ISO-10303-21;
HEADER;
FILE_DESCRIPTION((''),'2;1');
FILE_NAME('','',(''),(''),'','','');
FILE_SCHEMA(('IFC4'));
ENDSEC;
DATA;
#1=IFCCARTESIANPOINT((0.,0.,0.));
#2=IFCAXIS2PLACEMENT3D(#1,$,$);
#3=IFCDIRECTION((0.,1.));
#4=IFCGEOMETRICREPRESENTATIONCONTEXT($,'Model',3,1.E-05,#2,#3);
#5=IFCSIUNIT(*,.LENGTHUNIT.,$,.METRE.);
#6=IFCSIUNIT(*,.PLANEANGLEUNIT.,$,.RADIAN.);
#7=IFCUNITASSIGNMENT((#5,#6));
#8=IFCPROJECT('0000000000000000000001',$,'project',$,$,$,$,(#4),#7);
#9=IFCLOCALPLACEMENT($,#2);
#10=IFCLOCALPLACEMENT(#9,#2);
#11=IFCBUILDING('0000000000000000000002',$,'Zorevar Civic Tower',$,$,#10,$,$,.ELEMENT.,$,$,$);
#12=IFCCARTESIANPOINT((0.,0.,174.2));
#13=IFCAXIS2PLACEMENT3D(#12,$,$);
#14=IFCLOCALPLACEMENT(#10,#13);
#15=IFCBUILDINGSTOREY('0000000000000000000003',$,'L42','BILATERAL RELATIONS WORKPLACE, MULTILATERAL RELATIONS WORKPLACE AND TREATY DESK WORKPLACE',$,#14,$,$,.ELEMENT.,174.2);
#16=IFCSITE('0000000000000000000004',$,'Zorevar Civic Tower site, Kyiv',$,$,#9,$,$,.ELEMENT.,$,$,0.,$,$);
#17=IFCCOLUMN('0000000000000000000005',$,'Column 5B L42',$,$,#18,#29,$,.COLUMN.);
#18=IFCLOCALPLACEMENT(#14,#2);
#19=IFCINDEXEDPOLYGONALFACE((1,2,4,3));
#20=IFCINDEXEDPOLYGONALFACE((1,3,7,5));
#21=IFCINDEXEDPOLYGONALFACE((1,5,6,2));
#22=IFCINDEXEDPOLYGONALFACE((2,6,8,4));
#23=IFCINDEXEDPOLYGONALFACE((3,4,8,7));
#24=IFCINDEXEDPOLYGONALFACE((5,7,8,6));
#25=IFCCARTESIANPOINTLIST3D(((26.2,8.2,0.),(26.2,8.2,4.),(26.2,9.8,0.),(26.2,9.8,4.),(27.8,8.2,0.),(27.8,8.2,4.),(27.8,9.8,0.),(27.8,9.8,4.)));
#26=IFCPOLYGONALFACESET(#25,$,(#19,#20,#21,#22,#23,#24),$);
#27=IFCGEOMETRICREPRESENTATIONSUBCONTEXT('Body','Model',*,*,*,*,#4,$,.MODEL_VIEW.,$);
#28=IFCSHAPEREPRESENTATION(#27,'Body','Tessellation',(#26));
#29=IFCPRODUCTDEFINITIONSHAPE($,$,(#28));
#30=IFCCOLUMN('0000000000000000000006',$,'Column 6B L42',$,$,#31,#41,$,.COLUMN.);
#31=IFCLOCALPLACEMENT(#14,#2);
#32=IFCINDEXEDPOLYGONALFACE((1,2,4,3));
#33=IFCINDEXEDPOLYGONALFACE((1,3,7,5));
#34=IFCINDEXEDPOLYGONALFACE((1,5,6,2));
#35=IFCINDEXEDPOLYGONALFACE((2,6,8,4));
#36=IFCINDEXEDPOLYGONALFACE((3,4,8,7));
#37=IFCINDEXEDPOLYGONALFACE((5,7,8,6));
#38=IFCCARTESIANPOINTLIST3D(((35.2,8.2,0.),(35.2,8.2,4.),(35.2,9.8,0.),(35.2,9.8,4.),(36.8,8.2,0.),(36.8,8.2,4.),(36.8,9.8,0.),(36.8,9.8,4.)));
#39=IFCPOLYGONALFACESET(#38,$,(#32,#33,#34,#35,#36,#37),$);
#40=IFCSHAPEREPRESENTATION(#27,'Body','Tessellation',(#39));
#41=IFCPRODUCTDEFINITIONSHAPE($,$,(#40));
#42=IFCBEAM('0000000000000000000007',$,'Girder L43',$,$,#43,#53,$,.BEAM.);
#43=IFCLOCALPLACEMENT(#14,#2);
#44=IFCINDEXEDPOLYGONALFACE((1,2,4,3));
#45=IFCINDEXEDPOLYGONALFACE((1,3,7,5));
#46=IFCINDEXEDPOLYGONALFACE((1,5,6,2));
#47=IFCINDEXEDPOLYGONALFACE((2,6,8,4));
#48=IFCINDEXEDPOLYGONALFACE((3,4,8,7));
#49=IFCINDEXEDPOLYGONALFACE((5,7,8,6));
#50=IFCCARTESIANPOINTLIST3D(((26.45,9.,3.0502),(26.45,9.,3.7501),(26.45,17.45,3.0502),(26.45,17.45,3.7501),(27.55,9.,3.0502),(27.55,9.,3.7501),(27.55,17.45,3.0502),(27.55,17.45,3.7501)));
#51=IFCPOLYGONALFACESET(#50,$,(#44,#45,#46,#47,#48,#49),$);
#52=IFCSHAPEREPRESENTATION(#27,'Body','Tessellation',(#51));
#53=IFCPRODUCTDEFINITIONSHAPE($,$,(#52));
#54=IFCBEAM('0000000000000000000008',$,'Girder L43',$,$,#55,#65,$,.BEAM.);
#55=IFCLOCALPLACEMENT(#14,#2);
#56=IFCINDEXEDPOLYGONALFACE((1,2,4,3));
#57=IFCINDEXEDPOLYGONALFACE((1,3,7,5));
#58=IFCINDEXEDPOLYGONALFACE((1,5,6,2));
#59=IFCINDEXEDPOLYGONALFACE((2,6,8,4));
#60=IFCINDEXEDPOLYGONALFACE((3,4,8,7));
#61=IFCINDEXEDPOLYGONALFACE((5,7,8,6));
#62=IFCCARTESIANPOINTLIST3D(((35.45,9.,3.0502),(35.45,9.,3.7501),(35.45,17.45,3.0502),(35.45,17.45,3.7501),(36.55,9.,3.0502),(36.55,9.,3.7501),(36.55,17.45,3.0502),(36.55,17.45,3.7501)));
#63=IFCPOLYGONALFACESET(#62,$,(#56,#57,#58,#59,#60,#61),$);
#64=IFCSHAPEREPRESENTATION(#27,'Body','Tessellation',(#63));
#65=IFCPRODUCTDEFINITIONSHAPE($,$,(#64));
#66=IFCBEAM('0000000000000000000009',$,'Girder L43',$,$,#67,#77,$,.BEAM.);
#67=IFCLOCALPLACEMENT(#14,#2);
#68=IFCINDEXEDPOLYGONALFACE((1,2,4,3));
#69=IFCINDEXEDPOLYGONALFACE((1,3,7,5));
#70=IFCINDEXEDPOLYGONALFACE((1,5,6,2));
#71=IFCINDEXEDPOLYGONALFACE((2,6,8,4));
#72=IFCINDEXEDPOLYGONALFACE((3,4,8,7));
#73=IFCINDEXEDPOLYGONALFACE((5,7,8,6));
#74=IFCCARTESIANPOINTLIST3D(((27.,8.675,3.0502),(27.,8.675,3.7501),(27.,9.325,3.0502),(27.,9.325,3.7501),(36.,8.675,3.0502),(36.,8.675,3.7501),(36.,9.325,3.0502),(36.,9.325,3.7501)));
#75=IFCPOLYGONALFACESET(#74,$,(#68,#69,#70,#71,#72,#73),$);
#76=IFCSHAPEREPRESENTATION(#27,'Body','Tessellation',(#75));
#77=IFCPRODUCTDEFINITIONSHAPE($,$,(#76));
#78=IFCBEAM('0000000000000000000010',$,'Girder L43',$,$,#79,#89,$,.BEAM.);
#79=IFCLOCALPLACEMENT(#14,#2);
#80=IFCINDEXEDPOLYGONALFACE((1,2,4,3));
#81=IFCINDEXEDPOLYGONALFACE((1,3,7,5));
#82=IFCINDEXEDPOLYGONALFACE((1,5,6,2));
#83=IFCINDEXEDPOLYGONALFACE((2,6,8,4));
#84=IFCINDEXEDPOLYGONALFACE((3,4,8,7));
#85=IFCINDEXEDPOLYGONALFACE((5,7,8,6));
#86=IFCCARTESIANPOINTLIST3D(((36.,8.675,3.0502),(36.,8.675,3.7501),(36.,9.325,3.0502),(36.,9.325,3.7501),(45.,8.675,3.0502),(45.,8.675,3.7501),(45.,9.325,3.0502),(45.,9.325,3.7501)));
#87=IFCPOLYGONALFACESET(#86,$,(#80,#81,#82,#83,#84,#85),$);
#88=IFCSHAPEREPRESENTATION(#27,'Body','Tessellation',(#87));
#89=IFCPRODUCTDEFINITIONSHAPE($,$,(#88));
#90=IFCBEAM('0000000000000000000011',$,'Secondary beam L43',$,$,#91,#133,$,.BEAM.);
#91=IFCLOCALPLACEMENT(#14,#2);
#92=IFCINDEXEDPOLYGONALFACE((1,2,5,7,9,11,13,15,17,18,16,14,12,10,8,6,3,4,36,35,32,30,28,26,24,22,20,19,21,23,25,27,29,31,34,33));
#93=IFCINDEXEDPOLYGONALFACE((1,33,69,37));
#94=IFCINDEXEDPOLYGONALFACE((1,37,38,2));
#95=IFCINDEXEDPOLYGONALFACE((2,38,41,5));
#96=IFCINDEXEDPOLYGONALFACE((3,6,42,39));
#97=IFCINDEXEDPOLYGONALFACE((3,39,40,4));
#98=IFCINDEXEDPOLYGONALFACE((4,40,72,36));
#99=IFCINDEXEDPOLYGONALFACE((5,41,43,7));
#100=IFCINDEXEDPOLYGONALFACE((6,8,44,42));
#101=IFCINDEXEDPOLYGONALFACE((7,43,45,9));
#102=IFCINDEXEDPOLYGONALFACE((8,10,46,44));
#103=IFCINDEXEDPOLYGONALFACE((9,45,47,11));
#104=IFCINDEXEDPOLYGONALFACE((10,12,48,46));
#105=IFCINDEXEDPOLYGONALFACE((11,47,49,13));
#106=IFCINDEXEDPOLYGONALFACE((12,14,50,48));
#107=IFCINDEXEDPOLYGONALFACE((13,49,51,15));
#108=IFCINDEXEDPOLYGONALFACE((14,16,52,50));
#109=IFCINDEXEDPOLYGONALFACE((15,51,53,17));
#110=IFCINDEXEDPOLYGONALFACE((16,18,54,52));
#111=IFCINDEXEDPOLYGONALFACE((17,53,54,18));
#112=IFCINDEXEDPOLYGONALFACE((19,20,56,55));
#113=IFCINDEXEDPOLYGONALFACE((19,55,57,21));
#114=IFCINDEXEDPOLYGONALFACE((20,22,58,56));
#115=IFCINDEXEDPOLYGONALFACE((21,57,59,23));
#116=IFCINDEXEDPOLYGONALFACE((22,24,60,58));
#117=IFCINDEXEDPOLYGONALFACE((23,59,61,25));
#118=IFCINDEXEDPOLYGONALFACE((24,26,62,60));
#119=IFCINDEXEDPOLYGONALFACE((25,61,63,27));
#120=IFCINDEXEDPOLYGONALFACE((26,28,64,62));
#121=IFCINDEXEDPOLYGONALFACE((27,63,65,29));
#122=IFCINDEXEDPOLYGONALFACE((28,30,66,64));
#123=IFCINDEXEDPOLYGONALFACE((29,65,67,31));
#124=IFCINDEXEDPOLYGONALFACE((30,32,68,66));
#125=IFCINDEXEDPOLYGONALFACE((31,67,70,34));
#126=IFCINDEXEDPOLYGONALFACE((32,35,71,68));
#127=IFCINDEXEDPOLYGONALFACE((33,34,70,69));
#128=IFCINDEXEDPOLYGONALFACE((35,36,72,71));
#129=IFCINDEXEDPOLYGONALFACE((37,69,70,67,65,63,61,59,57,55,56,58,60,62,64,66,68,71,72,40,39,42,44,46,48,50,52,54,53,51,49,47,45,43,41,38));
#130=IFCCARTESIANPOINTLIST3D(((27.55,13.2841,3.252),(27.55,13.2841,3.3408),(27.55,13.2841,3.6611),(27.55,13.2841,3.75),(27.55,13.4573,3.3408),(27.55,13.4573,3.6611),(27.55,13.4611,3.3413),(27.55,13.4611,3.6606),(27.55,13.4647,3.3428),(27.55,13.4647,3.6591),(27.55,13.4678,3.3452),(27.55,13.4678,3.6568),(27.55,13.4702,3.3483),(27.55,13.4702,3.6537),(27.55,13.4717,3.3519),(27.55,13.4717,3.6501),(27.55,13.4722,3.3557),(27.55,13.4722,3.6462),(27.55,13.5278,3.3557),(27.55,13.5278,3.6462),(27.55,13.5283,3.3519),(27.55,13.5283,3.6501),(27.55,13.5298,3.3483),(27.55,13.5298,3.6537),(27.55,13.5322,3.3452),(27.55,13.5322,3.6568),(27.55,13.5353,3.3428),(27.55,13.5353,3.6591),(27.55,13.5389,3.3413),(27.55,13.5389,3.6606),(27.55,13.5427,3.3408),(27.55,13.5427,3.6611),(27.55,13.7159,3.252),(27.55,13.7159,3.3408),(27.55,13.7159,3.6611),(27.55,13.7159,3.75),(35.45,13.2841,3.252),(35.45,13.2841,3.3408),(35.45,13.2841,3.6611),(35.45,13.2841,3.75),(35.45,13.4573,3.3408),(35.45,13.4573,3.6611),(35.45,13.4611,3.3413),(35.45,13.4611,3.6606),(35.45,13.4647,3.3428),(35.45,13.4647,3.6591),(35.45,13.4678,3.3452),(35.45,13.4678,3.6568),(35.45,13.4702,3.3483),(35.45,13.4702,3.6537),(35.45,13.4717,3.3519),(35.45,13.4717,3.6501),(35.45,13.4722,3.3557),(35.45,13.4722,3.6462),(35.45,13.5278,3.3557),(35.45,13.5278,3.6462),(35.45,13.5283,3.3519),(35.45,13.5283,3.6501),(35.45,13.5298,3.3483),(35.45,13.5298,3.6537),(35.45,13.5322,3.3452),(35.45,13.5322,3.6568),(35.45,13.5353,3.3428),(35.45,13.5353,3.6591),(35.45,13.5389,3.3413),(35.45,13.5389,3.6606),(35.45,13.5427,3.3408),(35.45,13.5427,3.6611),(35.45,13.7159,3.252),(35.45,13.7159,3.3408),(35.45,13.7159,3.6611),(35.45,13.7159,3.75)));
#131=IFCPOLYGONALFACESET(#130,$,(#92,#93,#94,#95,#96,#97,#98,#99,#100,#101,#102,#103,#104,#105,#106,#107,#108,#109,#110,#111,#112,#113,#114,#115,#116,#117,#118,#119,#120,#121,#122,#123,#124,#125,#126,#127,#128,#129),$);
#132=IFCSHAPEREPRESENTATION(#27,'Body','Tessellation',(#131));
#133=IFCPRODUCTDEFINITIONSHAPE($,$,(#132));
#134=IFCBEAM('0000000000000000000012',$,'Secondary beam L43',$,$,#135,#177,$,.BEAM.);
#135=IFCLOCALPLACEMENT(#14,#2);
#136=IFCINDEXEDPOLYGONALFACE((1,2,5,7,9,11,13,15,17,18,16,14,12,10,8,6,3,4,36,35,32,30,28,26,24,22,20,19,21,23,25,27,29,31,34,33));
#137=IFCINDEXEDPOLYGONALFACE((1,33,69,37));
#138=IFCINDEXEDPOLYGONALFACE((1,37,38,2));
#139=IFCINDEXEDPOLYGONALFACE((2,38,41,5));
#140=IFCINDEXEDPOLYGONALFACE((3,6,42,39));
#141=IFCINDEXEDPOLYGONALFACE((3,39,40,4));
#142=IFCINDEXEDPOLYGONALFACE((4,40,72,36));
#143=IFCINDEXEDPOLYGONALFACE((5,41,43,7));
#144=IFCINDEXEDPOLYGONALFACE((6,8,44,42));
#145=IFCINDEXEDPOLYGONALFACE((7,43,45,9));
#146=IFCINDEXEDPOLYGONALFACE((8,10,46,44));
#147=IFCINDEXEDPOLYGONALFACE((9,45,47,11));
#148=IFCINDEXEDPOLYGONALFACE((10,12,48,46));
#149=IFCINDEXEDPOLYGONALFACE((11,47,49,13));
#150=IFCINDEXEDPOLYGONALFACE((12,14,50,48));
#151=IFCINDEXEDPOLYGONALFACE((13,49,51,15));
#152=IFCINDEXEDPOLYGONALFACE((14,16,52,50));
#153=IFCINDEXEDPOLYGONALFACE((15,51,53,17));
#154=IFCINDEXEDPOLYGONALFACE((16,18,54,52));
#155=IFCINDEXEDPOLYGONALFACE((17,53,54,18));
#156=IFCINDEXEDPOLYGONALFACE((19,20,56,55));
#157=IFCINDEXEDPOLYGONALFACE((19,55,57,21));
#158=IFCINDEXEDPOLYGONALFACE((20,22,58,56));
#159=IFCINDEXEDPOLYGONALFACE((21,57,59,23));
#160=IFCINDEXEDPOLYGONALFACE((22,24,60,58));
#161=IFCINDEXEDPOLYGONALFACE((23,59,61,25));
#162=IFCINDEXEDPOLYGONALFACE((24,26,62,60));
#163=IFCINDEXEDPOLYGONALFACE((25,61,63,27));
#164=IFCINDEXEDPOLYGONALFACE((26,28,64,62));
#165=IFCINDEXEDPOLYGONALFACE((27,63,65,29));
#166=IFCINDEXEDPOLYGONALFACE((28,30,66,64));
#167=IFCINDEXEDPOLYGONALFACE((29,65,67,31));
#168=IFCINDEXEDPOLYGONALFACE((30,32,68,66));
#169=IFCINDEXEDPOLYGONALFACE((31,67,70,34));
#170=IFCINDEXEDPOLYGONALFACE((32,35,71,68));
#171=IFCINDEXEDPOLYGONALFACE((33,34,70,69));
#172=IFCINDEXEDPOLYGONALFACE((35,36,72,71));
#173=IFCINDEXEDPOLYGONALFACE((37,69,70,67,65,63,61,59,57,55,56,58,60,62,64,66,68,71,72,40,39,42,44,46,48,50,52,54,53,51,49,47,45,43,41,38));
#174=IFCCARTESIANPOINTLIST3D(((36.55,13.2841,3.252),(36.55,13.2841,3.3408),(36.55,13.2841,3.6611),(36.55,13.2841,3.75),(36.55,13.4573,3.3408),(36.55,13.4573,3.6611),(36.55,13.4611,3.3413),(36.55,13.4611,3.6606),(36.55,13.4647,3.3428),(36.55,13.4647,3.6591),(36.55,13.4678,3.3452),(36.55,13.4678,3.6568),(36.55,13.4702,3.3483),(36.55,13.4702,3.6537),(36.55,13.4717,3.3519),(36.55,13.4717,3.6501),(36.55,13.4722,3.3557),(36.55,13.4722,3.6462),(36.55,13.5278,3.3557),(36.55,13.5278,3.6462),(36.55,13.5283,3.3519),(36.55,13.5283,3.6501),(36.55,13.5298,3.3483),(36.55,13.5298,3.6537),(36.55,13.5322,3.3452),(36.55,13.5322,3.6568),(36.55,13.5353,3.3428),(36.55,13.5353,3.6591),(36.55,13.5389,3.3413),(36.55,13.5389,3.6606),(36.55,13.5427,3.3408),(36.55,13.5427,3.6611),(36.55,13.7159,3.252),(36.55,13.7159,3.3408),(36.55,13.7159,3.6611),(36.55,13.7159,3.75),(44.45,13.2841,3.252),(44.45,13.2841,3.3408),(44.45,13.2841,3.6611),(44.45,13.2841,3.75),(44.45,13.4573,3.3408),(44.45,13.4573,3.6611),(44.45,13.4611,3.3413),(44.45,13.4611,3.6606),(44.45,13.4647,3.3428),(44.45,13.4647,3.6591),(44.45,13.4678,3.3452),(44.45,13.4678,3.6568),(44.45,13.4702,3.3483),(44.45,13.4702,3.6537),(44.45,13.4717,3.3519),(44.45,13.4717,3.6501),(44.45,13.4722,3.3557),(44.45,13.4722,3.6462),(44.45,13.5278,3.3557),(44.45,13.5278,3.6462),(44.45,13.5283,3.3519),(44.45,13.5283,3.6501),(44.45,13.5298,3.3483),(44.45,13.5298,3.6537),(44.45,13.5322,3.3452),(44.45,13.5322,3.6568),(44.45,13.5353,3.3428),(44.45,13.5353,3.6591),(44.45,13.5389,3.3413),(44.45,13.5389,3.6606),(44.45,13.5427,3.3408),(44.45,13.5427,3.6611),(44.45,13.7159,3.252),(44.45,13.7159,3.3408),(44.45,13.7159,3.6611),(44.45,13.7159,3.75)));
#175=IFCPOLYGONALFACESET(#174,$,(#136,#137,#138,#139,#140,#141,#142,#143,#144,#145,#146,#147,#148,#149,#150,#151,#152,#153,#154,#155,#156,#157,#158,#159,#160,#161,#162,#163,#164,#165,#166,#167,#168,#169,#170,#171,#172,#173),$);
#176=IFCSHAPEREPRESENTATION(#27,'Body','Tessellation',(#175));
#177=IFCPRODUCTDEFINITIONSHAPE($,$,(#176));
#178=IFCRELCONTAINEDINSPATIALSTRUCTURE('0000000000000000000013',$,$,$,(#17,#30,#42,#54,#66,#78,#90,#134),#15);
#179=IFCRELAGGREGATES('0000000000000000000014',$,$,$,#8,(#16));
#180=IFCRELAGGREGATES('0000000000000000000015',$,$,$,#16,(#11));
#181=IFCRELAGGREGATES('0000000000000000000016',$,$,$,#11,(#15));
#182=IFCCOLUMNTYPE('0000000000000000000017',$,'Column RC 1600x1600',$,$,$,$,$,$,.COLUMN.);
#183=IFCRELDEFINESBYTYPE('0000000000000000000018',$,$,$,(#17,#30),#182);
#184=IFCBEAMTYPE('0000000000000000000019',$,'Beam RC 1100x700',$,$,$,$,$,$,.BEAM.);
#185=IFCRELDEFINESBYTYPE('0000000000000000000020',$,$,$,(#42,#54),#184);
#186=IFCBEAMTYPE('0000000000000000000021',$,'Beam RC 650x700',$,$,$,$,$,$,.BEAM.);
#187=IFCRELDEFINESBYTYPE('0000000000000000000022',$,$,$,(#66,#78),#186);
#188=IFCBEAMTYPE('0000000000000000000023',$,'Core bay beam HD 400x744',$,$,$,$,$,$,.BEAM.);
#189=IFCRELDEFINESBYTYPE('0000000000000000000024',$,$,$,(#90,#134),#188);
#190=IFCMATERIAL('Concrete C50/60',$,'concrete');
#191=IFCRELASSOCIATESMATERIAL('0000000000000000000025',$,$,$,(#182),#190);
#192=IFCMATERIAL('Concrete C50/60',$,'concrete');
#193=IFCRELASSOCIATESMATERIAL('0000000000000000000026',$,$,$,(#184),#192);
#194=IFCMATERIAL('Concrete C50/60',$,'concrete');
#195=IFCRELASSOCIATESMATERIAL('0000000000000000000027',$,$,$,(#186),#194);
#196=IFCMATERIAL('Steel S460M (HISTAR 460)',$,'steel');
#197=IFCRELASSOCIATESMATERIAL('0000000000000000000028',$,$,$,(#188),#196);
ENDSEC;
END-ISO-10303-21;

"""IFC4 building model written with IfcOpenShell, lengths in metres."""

from ifc_helpers import new_model, si_unit, direction, frame, origin, origin_2d, place, context, subcontext, project, spatial, rectangle, i_section, extrude, material, material_profile, profile_set, type_object, element, save


model = new_model("IFC4")

# Units and contexts
model_context = context("Model", 3, precision=1e-05, world=origin(), true_north=direction((0.0, 1.0)))
body_context = subcontext(model_context, "Body", "Model", "MODEL_VIEW")
ifc_project = project(units=[si_unit("LENGTHUNIT", "METRE"), si_unit("PLANEANGLEUNIT", "RADIAN")], contexts=[model_context])

# Site, building, storey
site_placement = place(None, origin())
site = spatial("IfcSite", under=ifc_project, at=site_placement, Name="Zorevar Civic Tower site, Kyiv", CompositionType="ELEMENT", RefElevation=0.0)
building_placement = place(site_placement, origin())
building = spatial("IfcBuilding", under=site, at=building_placement, Name="Zorevar Civic Tower", CompositionType="ELEMENT")
storey_placement = place(building_placement, frame((0.0, 0.0, 174.2)))
storey = spatial("IfcBuildingStorey", under=building, at=storey_placement, Name="L42", Description="BILATERAL RELATIONS WORKPLACE, MULTILATERAL RELATIONS WORKPLACE AND TREATY DESK WORKPLACE", CompositionType="ELEMENT", Elevation=174.2)

# Columns
ifc_material_1 = material(Name="Concrete C50/60", Category="concrete")
ifc_material_profile_1 = material_profile(ifc_material_1, rectangle(XDim=1.6001, YDim=1.6001, at=origin_2d()), Name="RC 1600x1600")
ifc_profile_set_1 = profile_set([ifc_material_profile_1], Name="Concrete C50/60")
column_type = type_object("IfcColumnType", Name="Column RC 1600x1600", PredefinedType="COLUMN", material=ifc_profile_set_1)
for number, where, z_axis, x_axis, name in (
    (1, (27.0, 9.0, 0.0), (0.0, 0.0, 1.0), (1.0, 0.0, 0.0), "Column 5B L42"),
    (2, (36.0, 9.0, 0.0), (0.0, 0.0, 1.0), (1.0, 0.0, 0.0), "Column 6B L42"),
):
    element("IfcColumn", number, at=place(storey_placement, frame(where, z_axis=z_axis, x_axis=x_axis)), inside=storey, type_object=column_type, Name=name, PredefinedType="COLUMN", context=body_context, shape_type="SweptSolid", body=[
        extrude(rectangle(XDim=1.6001, YDim=1.6001, at=origin_2d()), origin(), (0.0, 0.0, 1.0), 4.0),
    ])

# Beams
ifc_material_2 = material(Name="Concrete C50/60", Category="concrete")
ifc_material_profile_2 = material_profile(ifc_material_2, rectangle(XDim=1.1001, YDim=0.7, at=origin_2d()), Name="RC 1100x700")
ifc_profile_set_2 = profile_set([ifc_material_profile_2], Name="Concrete C50/60")
beam_type_1 = type_object("IfcBeamType", Name="Beam RC 1100x700", PredefinedType="BEAM", material=ifc_profile_set_2)
for number, where, z_axis, x_axis, name in (
    (3, (27.0, 9.0, 3.4001), (0.0, 1.0, 0.0), (-1.0, 0.0, 0.0), "Girder L43"),
    (4, (36.0, 9.0, 3.4001), (0.0, 1.0, 0.0), (-1.0, 0.0, 0.0), "Girder L43"),
):
    element("IfcBeam", number, at=place(storey_placement, frame(where, z_axis=z_axis, x_axis=x_axis)), inside=storey, type_object=beam_type_1, Name=name, PredefinedType="BEAM", context=body_context, shape_type="SweptSolid", body=[
        extrude(rectangle(XDim=1.1001, YDim=0.7, at=origin_2d()), origin(), (0.0, 0.0, 1.0), 8.45),
    ])
ifc_material_3 = material(Name="Concrete C50/60", Category="concrete")
ifc_material_profile_3 = material_profile(ifc_material_3, rectangle(XDim=0.6499, YDim=0.7, at=origin_2d()), Name="RC 650x700")
ifc_profile_set_3 = profile_set([ifc_material_profile_3], Name="Concrete C50/60")
beam_type_2 = type_object("IfcBeamType", Name="Beam RC 650x700", PredefinedType="BEAM", material=ifc_profile_set_3)
for number, where, z_axis, x_axis, name in (
    (5, (27.0, 9.0, 3.4001), (1.0, 0.0, 0.0), (0.0, 1.0, 0.0), "Girder L43"),
    (6, (36.0, 9.0, 3.4001), (1.0, 0.0, 0.0), (0.0, 1.0, 0.0), "Girder L43"),
):
    element("IfcBeam", number, at=place(storey_placement, frame(where, z_axis=z_axis, x_axis=x_axis)), inside=storey, type_object=beam_type_2, Name=name, PredefinedType="BEAM", context=body_context, shape_type="SweptSolid", body=[
        extrude(rectangle(XDim=0.6499, YDim=0.7, at=origin_2d()), origin(), (0.0, 0.0, 1.0), 9.0),
    ])
ifc_material_4 = material(Name="Steel S460M (HISTAR 460)", Category="steel")
ifc_material_profile_4 = material_profile(ifc_material_4, i_section(OverallWidth=0.4319, OverallDepth=0.498, WebThickness=0.0557, FlangeThickness=0.0889, FilletRadius=0.0149, at=origin_2d()), Name="HD 400x744")
ifc_profile_set_4 = profile_set([ifc_material_profile_4], Name="Steel S460M (HISTAR 460)")
beam_type_3 = type_object("IfcBeamType", Name="Core bay beam HD 400x744", PredefinedType="BEAM", material=ifc_profile_set_4)
for number, where, z_axis, x_axis, name in (
    (7, (27.55, 13.5, 3.501), (1.0, 0.0, 0.0), (0.0, 1.0, 0.0), "Secondary beam L43"),
    (8, (36.55, 13.5, 3.501), (1.0, 0.0, 0.0), (0.0, 1.0, 0.0), "Secondary beam L43"),
):
    element("IfcBeam", number, at=place(storey_placement, frame(where, z_axis=z_axis, x_axis=x_axis)), inside=storey, type_object=beam_type_3, Name=name, PredefinedType="BEAM", context=body_context, shape_type="SweptSolid", body=[
        extrude(i_section(OverallWidth=0.4319, OverallDepth=0.498, WebThickness=0.0557, FlangeThickness=0.0889, FilletRadius=0.0149, at=origin_2d()), origin(), (0.0, 0.0, 1.0), 7.8999),
    ])

save(model, "model.ifc")
